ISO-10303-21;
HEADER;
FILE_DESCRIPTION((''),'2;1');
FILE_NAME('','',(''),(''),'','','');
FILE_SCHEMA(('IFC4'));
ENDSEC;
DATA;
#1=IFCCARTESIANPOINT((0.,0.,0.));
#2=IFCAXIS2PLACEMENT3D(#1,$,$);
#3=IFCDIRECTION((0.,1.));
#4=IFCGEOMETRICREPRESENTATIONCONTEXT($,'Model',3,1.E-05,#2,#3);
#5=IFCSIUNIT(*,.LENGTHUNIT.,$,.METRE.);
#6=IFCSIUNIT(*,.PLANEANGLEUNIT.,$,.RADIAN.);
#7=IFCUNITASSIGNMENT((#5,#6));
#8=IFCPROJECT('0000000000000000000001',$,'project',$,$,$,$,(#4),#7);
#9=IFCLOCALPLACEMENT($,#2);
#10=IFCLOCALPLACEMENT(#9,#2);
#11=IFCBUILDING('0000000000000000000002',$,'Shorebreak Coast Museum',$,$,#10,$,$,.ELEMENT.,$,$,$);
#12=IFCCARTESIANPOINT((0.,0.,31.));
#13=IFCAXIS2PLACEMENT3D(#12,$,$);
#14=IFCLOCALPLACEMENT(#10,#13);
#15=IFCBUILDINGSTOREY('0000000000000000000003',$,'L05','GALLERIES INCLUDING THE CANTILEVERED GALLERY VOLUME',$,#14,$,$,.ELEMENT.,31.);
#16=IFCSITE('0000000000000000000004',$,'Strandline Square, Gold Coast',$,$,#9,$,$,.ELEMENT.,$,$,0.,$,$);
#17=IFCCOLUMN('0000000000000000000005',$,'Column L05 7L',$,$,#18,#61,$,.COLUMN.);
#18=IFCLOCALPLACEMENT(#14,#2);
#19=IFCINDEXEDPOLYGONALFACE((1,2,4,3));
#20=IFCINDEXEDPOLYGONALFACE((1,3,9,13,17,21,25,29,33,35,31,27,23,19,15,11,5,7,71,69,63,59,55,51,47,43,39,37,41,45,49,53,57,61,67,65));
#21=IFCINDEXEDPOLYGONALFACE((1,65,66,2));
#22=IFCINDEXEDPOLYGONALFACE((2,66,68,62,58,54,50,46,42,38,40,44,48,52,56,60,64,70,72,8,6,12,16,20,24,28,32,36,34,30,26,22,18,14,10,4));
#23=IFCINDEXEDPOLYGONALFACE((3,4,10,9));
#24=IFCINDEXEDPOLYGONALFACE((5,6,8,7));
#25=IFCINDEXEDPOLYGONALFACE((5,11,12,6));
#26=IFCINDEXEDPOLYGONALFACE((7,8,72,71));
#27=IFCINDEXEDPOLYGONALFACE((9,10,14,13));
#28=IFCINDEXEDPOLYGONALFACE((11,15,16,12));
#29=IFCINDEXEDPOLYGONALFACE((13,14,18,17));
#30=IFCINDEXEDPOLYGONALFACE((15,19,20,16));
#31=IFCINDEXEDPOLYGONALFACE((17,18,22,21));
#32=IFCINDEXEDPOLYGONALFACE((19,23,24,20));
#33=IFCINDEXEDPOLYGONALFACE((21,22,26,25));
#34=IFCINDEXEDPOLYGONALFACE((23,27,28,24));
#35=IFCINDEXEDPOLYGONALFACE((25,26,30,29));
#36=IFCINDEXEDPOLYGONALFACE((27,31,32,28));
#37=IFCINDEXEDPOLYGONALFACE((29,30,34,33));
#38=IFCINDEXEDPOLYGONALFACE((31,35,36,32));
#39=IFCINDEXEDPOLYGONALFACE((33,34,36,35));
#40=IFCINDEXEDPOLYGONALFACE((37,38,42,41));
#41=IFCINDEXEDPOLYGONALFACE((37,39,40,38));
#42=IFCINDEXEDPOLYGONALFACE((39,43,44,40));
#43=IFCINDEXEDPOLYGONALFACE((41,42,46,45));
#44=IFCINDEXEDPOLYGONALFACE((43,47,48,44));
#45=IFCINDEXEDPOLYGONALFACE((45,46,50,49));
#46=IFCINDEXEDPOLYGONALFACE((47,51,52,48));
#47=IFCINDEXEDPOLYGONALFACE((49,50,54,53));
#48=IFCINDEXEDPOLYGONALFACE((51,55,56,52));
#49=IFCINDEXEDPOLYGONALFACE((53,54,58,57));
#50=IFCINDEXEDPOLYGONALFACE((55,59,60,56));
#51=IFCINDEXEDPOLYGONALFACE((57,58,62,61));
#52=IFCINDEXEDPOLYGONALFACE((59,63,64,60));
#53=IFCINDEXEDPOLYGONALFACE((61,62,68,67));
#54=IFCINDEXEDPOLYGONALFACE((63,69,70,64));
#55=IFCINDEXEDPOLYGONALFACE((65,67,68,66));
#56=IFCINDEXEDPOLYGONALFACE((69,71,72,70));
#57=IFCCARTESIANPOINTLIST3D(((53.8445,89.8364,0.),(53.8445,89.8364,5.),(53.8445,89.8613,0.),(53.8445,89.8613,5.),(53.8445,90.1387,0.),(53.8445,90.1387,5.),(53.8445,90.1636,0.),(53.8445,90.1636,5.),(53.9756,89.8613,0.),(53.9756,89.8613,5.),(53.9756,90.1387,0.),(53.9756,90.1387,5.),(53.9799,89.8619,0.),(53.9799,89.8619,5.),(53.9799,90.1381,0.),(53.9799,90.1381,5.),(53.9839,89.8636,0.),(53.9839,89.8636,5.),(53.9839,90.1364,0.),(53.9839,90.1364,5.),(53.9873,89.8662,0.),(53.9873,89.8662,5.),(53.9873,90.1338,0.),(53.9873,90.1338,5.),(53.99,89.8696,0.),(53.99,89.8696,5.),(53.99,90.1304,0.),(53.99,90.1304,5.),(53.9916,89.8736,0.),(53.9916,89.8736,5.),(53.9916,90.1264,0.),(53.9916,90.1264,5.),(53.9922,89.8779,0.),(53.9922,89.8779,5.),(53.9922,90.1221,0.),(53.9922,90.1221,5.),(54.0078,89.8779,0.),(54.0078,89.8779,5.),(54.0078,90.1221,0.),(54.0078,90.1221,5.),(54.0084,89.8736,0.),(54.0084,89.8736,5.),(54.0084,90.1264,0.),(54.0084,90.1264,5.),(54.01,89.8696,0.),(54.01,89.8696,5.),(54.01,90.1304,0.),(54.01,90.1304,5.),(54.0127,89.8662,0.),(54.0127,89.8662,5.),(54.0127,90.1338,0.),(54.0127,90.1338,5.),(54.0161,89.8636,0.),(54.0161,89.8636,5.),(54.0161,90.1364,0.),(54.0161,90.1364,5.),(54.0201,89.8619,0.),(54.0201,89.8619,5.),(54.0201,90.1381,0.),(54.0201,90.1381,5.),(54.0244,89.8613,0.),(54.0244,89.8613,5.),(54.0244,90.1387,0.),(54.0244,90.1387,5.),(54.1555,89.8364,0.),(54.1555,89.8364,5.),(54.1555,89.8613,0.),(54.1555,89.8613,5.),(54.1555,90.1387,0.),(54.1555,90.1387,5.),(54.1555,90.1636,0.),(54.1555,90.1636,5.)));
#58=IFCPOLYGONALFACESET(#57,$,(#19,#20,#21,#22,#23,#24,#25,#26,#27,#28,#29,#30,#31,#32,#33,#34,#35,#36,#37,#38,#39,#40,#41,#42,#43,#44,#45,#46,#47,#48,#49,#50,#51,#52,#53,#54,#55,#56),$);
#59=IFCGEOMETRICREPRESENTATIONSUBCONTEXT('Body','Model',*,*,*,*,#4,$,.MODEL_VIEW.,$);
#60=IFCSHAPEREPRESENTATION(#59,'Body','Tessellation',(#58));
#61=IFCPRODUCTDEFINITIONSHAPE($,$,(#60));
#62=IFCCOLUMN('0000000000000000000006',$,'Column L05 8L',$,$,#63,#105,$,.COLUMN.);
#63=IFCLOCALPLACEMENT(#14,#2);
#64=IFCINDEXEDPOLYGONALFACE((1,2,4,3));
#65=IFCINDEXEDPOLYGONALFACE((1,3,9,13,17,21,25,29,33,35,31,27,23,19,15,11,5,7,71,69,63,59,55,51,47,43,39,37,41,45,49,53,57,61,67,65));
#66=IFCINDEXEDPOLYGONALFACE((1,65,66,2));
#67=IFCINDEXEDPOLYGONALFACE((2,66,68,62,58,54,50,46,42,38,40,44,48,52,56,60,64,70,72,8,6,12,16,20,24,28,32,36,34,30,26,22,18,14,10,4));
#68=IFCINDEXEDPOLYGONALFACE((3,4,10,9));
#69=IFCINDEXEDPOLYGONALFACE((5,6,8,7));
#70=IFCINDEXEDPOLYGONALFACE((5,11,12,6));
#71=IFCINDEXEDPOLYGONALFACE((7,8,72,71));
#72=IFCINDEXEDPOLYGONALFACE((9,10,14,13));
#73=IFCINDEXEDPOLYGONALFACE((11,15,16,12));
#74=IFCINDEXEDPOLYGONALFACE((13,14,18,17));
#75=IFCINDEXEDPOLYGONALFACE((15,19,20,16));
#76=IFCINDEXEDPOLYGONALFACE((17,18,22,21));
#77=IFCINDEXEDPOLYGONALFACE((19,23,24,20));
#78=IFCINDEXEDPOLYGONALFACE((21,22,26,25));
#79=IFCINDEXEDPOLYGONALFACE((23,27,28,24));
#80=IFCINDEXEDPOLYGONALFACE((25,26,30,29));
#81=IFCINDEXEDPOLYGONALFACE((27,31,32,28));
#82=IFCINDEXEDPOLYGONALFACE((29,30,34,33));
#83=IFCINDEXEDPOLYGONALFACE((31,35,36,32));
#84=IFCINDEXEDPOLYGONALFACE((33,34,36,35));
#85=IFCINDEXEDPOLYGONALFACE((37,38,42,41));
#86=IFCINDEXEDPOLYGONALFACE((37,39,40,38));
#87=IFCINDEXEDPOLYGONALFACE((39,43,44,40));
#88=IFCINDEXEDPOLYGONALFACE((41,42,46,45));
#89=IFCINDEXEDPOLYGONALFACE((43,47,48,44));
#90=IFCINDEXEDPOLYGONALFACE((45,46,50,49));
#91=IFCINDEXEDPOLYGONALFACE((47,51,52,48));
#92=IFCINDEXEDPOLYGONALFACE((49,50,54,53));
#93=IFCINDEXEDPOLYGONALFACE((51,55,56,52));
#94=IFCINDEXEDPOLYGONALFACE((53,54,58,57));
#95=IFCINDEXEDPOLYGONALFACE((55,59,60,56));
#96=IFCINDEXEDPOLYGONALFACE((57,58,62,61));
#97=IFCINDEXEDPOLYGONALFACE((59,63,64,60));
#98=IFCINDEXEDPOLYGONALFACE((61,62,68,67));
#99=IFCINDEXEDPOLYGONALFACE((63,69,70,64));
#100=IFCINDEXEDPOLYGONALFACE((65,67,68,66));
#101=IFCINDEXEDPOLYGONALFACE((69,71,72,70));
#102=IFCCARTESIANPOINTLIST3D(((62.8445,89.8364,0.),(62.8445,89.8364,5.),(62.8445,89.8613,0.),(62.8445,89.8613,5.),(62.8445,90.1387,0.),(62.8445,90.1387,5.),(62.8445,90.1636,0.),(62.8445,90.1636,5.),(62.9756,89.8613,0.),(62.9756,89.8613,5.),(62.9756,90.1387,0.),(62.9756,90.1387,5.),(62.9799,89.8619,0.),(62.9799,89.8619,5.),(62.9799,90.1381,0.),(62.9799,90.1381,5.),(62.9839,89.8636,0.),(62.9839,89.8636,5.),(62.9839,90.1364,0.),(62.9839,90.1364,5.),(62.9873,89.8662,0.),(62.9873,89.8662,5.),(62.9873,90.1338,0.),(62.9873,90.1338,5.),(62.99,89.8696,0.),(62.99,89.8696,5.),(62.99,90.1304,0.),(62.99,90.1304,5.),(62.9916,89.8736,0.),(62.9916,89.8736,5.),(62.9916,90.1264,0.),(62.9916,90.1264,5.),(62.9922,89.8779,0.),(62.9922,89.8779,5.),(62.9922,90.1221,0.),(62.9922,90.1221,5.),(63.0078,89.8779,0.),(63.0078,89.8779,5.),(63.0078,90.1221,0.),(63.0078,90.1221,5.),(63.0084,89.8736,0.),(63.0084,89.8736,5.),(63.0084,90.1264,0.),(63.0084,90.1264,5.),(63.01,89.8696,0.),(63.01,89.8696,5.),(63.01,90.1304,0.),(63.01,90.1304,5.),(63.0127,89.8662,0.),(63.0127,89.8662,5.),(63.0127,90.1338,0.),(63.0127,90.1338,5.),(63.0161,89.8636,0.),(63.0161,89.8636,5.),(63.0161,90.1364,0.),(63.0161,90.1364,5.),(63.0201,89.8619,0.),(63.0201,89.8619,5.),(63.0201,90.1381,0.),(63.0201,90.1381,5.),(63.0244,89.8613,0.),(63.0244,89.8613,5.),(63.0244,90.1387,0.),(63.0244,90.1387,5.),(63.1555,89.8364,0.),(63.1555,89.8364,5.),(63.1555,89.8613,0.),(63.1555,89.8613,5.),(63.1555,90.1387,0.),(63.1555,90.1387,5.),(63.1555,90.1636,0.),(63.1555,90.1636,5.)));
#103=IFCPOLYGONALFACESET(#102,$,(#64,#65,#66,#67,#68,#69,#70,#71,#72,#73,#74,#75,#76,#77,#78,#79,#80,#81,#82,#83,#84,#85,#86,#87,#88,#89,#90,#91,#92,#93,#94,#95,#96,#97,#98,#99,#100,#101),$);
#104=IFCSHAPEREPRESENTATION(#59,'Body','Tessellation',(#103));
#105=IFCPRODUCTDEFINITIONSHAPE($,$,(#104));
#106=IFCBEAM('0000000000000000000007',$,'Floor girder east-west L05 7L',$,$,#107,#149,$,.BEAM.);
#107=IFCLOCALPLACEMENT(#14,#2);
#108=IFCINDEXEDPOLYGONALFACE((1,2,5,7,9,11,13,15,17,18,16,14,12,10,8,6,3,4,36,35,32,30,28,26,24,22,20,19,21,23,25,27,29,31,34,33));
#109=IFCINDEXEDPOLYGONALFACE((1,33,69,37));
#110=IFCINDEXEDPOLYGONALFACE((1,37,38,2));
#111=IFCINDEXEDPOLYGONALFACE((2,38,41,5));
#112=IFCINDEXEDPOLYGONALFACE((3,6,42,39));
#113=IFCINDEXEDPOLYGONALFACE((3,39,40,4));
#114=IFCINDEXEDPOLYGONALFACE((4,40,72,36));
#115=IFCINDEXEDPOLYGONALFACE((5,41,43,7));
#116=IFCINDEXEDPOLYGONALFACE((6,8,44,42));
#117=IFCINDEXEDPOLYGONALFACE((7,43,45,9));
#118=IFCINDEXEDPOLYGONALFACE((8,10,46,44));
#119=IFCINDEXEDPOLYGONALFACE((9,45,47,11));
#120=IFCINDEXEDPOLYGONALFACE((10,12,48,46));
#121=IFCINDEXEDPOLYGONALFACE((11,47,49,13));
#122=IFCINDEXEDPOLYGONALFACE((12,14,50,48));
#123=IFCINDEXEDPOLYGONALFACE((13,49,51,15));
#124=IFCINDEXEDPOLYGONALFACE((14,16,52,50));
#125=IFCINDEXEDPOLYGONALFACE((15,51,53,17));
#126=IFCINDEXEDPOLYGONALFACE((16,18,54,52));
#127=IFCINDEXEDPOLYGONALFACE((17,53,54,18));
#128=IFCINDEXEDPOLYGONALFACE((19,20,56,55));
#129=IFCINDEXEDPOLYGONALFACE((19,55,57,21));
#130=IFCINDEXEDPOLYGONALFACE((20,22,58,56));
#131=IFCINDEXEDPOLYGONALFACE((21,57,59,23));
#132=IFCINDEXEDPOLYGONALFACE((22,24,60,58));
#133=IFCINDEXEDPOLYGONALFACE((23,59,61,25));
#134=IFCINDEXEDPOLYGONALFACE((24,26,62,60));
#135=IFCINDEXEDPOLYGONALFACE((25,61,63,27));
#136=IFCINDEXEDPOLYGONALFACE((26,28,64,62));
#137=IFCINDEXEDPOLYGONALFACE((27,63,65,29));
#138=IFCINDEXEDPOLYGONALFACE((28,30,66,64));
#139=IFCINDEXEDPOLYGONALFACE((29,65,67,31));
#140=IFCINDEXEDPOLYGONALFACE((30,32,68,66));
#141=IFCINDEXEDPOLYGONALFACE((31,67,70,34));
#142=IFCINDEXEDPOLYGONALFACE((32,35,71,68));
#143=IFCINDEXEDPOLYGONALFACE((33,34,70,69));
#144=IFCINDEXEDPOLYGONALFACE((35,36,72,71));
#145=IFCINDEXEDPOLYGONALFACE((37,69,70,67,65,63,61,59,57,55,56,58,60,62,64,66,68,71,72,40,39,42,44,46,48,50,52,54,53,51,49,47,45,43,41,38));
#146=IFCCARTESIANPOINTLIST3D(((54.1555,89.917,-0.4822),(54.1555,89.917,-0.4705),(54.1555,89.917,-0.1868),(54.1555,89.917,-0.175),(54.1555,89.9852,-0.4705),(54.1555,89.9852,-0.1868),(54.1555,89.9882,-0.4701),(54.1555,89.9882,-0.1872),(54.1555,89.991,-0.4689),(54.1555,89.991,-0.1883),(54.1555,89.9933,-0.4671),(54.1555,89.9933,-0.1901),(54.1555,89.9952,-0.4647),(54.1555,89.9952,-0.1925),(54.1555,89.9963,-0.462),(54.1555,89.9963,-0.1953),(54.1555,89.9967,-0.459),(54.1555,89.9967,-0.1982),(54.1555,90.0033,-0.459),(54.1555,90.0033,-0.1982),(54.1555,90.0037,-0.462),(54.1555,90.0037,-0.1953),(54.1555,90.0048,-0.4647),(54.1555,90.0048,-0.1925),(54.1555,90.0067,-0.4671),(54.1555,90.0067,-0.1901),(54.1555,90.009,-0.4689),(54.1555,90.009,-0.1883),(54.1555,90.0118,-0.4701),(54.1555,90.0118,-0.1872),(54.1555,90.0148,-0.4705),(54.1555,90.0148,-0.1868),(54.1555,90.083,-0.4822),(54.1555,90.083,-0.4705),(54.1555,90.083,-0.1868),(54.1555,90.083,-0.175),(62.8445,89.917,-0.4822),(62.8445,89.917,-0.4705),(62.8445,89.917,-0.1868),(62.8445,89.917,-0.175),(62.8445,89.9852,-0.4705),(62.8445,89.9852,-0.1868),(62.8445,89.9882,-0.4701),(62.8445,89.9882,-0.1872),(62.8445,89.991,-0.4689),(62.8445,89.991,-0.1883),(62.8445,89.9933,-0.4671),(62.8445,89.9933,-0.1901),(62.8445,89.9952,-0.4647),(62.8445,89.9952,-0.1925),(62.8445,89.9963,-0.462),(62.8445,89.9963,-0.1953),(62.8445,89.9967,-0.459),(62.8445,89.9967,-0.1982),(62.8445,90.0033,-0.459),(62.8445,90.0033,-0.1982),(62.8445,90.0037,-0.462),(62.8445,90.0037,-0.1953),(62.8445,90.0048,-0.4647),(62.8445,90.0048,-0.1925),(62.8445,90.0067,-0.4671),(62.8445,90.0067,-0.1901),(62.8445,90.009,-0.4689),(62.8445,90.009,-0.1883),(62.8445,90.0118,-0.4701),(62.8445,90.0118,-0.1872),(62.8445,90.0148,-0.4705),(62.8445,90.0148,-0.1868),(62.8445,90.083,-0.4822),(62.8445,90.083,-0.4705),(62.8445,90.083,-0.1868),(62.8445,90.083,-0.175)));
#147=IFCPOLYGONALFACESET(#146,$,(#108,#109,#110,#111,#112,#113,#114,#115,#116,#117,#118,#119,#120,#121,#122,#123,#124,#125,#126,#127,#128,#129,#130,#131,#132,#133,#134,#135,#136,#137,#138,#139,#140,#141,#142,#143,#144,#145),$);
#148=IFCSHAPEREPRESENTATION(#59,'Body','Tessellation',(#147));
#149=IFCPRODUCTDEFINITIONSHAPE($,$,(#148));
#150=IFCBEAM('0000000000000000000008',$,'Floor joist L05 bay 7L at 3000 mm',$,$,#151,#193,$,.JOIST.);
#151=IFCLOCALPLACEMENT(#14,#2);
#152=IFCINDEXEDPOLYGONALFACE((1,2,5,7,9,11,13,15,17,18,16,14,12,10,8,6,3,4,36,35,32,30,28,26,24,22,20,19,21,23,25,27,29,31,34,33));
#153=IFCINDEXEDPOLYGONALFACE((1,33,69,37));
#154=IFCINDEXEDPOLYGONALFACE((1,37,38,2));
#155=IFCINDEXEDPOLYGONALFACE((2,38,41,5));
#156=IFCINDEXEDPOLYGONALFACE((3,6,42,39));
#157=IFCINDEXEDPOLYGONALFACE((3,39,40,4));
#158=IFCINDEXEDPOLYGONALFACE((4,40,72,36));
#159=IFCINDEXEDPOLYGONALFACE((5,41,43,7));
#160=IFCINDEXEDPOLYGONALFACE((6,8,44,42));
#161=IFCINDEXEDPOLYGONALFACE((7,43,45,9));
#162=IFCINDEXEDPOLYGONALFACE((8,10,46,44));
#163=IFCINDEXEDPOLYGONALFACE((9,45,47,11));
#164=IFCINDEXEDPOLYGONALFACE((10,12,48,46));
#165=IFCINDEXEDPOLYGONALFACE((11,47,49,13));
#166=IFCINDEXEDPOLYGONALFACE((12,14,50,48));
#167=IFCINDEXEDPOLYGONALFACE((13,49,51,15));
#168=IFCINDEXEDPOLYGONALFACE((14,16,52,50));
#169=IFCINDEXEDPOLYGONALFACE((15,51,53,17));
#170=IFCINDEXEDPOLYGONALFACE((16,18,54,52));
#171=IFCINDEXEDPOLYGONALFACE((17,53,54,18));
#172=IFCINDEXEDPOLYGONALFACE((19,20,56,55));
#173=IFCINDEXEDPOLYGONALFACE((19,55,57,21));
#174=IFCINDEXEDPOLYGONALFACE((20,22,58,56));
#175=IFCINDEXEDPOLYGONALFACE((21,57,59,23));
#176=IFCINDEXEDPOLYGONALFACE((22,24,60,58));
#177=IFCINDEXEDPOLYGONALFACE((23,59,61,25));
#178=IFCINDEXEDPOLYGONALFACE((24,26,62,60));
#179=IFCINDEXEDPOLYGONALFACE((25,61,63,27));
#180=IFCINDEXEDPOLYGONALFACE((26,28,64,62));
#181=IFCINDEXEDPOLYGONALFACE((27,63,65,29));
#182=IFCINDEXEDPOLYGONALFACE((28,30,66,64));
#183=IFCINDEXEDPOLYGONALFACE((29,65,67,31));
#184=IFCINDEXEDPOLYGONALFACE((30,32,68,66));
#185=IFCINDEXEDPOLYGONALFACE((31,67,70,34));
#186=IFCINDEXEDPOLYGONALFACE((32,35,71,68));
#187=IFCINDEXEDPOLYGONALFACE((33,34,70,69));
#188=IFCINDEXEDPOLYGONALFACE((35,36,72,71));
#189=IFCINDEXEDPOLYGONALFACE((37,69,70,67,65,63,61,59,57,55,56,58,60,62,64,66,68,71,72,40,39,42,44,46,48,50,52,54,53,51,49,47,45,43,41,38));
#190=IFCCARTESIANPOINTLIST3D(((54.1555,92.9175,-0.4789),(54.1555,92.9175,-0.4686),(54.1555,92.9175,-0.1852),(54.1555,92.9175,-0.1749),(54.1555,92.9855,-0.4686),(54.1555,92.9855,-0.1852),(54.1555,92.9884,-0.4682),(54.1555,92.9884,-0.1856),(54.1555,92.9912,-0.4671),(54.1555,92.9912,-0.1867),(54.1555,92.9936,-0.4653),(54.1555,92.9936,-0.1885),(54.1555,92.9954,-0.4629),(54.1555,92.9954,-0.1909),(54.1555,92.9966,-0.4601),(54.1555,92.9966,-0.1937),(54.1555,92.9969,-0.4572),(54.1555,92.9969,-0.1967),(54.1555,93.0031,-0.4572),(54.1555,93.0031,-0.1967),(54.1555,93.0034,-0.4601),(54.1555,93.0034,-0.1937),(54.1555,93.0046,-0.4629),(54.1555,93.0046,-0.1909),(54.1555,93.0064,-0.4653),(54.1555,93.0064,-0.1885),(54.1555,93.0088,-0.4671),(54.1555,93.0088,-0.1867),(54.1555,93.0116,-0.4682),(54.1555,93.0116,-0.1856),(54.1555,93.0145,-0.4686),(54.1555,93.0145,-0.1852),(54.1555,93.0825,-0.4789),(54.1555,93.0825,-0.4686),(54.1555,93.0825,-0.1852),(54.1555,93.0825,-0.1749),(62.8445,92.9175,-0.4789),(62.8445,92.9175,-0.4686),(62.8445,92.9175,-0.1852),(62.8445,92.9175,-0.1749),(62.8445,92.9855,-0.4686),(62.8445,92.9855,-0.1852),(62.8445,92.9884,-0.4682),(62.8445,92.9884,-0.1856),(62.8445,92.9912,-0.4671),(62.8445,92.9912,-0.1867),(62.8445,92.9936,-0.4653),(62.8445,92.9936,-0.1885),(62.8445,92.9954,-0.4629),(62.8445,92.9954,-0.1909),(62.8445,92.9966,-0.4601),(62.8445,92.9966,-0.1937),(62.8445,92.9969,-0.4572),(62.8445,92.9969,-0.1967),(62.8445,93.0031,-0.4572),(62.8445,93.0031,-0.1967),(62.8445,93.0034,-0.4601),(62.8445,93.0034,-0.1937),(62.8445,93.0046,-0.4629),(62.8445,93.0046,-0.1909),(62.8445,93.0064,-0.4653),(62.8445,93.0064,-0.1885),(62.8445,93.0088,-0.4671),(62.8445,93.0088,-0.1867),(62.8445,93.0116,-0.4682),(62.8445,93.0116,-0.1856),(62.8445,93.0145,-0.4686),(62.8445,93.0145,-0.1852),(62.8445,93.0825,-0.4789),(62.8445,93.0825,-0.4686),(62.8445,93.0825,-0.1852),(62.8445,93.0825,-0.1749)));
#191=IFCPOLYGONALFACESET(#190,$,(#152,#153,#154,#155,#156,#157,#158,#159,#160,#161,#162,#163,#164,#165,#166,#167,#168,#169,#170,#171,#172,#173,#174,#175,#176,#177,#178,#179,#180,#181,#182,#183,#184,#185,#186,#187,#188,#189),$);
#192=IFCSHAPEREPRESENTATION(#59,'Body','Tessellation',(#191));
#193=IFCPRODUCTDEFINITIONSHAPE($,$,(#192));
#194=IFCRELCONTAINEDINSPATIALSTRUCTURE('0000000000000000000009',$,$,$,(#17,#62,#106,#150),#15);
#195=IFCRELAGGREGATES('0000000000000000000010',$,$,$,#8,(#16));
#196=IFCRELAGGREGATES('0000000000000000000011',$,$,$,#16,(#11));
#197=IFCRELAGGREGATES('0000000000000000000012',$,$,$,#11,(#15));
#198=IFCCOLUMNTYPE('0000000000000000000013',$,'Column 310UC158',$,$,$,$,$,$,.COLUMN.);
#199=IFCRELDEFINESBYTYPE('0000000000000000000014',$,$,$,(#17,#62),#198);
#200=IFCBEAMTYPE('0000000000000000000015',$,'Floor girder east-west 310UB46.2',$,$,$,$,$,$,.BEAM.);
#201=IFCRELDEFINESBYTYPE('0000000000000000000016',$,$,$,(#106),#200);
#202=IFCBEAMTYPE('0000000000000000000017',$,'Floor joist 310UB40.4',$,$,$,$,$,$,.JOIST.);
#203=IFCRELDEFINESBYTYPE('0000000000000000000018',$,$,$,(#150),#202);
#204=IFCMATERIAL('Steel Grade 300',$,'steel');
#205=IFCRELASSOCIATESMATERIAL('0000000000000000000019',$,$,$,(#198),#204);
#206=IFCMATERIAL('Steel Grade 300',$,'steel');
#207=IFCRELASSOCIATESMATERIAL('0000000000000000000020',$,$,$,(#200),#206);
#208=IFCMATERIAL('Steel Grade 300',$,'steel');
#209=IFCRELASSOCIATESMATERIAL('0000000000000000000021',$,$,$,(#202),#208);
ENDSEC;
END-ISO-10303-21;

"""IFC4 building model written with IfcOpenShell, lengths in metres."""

from ifc_helpers import new_model, si_unit, direction, frame, origin, origin_2d, place, context, subcontext, project, spatial, i_section, extrude, material, material_profile, profile_set, type_object, element, save


model = new_model("IFC4")

# Units and contexts
model_context = context("Model", 3, precision=1e-05, world=origin(), true_north=direction((0.0, 1.0)))
body_context = subcontext(model_context, "Body", "Model", "MODEL_VIEW")
ifc_project = project(units=[si_unit("LENGTHUNIT", "METRE"), si_unit("PLANEANGLEUNIT", "RADIAN")], contexts=[model_context])

# Site, building, storey
site_placement = place(None, origin())
site = spatial("IfcSite", under=ifc_project, at=site_placement, Name="Strandline Square, Gold Coast", CompositionType="ELEMENT", RefElevation=0.0)
building_placement = place(site_placement, origin())
building = spatial("IfcBuilding", under=site, at=building_placement, Name="Shorebreak Coast Museum", CompositionType="ELEMENT")
storey_placement = place(building_placement, frame((0.0, 0.0, 31.0)))
storey = spatial("IfcBuildingStorey", under=building, at=storey_placement, Name="L05", Description="GALLERIES INCLUDING THE CANTILEVERED GALLERY VOLUME", CompositionType="ELEMENT", Elevation=31.0)

# Columns
ifc_material_1 = material(Name="Steel Grade 300", Category="steel")
ifc_material_profile_1 = material_profile(ifc_material_1, i_section(OverallWidth=0.311, OverallDepth=0.3271, WebThickness=0.0156, FlangeThickness=0.0249, FilletRadius=0.0166, at=origin_2d()), Name="310UC158")
ifc_profile_set_1 = profile_set([ifc_material_profile_1], Name="Steel Grade 300")
column_type = type_object("IfcColumnType", Name="Column 310UC158", PredefinedType="COLUMN", material=ifc_profile_set_1)
for number, where, z_axis, x_axis, name in (
    (1, (54.0, 90.0, 0.0), (0.0, 0.0, 1.0), (1.0, 0.0, 0.0), "Column L05 7L"),
    (2, (63.0, 90.0, 0.0), (0.0, 0.0, 1.0), (1.0, 0.0, 0.0), "Column L05 8L"),
):
    element("IfcColumn", number, at=place(storey_placement, frame(where, z_axis=z_axis, x_axis=x_axis)), inside=storey, type_object=column_type, Name=name, PredefinedType="COLUMN", context=body_context, shape_type="SweptSolid", body=[
        extrude(i_section(OverallWidth=0.311, OverallDepth=0.3271, WebThickness=0.0156, FlangeThickness=0.0249, FilletRadius=0.0166, at=origin_2d()), origin(), (0.0, 0.0, 1.0), 5.0),
    ])

# Beams
ifc_material_2 = material(Name="Steel Grade 300", Category="steel")
ifc_material_profile_2 = material_profile(ifc_material_2, i_section(OverallWidth=0.166, OverallDepth=0.3071, WebThickness=0.0066, FlangeThickness=0.0117, FilletRadius=0.0115, at=origin_2d()), Name="310UB46.2")
ifc_profile_set_2 = profile_set([ifc_material_profile_2], Name="Steel Grade 300")
beam_type_1 = type_object("IfcBeamType", Name="Floor girder east-west 310UB46.2", PredefinedType="BEAM", material=ifc_profile_set_2)
beam_1_placement = place(storey_placement, frame((54.1555, 90.0, -0.3286), z_axis=(1.0, 0.0, 0.0), x_axis=(0.0, 1.0, 0.0)))
element("IfcBeam", 3, at=beam_1_placement, inside=storey, type_object=beam_type_1, Name="Floor girder east-west L05 7L", PredefinedType="BEAM", context=body_context, shape_type="SweptSolid", body=[
    extrude(i_section(OverallWidth=0.166, OverallDepth=0.3071, WebThickness=0.0066, FlangeThickness=0.0117, FilletRadius=0.0115, at=origin_2d()), origin(), (0.0, 0.0, 1.0), 8.689),
])
ifc_material_3 = material(Name="Steel Grade 300", Category="steel")
ifc_material_profile_3 = material_profile(ifc_material_3, i_section(OverallWidth=0.165, OverallDepth=0.304, WebThickness=0.0061, FlangeThickness=0.0103, FilletRadius=0.0115, at=origin_2d()), Name="310UB40.4")
ifc_profile_set_3 = profile_set([ifc_material_profile_3], Name="Steel Grade 300")
beam_type_2 = type_object("IfcBeamType", Name="Floor joist 310UB40.4", PredefinedType="JOIST", material=ifc_profile_set_3)
for number, where, z_axis, x_axis, name in (
    (4, (54.1555, 93.0, -0.3269), (1.0, 0.0, 0.0), (0.0, 1.0, 0.0), "Floor joist L05 bay 7L at 3000 mm"),
):
    element("IfcBeam", number, at=place(storey_placement, frame(where, z_axis=z_axis, x_axis=x_axis)), inside=storey, type_object=beam_type_2, Name=name, PredefinedType="JOIST", context=body_context, shape_type="SweptSolid", body=[
        extrude(i_section(OverallWidth=0.165, OverallDepth=0.304, WebThickness=0.0061, FlangeThickness=0.0103, FilletRadius=0.0115, at=origin_2d()), origin(), (0.0, 0.0, 1.0), 8.689),
    ])

save(model, "model.ifc")
